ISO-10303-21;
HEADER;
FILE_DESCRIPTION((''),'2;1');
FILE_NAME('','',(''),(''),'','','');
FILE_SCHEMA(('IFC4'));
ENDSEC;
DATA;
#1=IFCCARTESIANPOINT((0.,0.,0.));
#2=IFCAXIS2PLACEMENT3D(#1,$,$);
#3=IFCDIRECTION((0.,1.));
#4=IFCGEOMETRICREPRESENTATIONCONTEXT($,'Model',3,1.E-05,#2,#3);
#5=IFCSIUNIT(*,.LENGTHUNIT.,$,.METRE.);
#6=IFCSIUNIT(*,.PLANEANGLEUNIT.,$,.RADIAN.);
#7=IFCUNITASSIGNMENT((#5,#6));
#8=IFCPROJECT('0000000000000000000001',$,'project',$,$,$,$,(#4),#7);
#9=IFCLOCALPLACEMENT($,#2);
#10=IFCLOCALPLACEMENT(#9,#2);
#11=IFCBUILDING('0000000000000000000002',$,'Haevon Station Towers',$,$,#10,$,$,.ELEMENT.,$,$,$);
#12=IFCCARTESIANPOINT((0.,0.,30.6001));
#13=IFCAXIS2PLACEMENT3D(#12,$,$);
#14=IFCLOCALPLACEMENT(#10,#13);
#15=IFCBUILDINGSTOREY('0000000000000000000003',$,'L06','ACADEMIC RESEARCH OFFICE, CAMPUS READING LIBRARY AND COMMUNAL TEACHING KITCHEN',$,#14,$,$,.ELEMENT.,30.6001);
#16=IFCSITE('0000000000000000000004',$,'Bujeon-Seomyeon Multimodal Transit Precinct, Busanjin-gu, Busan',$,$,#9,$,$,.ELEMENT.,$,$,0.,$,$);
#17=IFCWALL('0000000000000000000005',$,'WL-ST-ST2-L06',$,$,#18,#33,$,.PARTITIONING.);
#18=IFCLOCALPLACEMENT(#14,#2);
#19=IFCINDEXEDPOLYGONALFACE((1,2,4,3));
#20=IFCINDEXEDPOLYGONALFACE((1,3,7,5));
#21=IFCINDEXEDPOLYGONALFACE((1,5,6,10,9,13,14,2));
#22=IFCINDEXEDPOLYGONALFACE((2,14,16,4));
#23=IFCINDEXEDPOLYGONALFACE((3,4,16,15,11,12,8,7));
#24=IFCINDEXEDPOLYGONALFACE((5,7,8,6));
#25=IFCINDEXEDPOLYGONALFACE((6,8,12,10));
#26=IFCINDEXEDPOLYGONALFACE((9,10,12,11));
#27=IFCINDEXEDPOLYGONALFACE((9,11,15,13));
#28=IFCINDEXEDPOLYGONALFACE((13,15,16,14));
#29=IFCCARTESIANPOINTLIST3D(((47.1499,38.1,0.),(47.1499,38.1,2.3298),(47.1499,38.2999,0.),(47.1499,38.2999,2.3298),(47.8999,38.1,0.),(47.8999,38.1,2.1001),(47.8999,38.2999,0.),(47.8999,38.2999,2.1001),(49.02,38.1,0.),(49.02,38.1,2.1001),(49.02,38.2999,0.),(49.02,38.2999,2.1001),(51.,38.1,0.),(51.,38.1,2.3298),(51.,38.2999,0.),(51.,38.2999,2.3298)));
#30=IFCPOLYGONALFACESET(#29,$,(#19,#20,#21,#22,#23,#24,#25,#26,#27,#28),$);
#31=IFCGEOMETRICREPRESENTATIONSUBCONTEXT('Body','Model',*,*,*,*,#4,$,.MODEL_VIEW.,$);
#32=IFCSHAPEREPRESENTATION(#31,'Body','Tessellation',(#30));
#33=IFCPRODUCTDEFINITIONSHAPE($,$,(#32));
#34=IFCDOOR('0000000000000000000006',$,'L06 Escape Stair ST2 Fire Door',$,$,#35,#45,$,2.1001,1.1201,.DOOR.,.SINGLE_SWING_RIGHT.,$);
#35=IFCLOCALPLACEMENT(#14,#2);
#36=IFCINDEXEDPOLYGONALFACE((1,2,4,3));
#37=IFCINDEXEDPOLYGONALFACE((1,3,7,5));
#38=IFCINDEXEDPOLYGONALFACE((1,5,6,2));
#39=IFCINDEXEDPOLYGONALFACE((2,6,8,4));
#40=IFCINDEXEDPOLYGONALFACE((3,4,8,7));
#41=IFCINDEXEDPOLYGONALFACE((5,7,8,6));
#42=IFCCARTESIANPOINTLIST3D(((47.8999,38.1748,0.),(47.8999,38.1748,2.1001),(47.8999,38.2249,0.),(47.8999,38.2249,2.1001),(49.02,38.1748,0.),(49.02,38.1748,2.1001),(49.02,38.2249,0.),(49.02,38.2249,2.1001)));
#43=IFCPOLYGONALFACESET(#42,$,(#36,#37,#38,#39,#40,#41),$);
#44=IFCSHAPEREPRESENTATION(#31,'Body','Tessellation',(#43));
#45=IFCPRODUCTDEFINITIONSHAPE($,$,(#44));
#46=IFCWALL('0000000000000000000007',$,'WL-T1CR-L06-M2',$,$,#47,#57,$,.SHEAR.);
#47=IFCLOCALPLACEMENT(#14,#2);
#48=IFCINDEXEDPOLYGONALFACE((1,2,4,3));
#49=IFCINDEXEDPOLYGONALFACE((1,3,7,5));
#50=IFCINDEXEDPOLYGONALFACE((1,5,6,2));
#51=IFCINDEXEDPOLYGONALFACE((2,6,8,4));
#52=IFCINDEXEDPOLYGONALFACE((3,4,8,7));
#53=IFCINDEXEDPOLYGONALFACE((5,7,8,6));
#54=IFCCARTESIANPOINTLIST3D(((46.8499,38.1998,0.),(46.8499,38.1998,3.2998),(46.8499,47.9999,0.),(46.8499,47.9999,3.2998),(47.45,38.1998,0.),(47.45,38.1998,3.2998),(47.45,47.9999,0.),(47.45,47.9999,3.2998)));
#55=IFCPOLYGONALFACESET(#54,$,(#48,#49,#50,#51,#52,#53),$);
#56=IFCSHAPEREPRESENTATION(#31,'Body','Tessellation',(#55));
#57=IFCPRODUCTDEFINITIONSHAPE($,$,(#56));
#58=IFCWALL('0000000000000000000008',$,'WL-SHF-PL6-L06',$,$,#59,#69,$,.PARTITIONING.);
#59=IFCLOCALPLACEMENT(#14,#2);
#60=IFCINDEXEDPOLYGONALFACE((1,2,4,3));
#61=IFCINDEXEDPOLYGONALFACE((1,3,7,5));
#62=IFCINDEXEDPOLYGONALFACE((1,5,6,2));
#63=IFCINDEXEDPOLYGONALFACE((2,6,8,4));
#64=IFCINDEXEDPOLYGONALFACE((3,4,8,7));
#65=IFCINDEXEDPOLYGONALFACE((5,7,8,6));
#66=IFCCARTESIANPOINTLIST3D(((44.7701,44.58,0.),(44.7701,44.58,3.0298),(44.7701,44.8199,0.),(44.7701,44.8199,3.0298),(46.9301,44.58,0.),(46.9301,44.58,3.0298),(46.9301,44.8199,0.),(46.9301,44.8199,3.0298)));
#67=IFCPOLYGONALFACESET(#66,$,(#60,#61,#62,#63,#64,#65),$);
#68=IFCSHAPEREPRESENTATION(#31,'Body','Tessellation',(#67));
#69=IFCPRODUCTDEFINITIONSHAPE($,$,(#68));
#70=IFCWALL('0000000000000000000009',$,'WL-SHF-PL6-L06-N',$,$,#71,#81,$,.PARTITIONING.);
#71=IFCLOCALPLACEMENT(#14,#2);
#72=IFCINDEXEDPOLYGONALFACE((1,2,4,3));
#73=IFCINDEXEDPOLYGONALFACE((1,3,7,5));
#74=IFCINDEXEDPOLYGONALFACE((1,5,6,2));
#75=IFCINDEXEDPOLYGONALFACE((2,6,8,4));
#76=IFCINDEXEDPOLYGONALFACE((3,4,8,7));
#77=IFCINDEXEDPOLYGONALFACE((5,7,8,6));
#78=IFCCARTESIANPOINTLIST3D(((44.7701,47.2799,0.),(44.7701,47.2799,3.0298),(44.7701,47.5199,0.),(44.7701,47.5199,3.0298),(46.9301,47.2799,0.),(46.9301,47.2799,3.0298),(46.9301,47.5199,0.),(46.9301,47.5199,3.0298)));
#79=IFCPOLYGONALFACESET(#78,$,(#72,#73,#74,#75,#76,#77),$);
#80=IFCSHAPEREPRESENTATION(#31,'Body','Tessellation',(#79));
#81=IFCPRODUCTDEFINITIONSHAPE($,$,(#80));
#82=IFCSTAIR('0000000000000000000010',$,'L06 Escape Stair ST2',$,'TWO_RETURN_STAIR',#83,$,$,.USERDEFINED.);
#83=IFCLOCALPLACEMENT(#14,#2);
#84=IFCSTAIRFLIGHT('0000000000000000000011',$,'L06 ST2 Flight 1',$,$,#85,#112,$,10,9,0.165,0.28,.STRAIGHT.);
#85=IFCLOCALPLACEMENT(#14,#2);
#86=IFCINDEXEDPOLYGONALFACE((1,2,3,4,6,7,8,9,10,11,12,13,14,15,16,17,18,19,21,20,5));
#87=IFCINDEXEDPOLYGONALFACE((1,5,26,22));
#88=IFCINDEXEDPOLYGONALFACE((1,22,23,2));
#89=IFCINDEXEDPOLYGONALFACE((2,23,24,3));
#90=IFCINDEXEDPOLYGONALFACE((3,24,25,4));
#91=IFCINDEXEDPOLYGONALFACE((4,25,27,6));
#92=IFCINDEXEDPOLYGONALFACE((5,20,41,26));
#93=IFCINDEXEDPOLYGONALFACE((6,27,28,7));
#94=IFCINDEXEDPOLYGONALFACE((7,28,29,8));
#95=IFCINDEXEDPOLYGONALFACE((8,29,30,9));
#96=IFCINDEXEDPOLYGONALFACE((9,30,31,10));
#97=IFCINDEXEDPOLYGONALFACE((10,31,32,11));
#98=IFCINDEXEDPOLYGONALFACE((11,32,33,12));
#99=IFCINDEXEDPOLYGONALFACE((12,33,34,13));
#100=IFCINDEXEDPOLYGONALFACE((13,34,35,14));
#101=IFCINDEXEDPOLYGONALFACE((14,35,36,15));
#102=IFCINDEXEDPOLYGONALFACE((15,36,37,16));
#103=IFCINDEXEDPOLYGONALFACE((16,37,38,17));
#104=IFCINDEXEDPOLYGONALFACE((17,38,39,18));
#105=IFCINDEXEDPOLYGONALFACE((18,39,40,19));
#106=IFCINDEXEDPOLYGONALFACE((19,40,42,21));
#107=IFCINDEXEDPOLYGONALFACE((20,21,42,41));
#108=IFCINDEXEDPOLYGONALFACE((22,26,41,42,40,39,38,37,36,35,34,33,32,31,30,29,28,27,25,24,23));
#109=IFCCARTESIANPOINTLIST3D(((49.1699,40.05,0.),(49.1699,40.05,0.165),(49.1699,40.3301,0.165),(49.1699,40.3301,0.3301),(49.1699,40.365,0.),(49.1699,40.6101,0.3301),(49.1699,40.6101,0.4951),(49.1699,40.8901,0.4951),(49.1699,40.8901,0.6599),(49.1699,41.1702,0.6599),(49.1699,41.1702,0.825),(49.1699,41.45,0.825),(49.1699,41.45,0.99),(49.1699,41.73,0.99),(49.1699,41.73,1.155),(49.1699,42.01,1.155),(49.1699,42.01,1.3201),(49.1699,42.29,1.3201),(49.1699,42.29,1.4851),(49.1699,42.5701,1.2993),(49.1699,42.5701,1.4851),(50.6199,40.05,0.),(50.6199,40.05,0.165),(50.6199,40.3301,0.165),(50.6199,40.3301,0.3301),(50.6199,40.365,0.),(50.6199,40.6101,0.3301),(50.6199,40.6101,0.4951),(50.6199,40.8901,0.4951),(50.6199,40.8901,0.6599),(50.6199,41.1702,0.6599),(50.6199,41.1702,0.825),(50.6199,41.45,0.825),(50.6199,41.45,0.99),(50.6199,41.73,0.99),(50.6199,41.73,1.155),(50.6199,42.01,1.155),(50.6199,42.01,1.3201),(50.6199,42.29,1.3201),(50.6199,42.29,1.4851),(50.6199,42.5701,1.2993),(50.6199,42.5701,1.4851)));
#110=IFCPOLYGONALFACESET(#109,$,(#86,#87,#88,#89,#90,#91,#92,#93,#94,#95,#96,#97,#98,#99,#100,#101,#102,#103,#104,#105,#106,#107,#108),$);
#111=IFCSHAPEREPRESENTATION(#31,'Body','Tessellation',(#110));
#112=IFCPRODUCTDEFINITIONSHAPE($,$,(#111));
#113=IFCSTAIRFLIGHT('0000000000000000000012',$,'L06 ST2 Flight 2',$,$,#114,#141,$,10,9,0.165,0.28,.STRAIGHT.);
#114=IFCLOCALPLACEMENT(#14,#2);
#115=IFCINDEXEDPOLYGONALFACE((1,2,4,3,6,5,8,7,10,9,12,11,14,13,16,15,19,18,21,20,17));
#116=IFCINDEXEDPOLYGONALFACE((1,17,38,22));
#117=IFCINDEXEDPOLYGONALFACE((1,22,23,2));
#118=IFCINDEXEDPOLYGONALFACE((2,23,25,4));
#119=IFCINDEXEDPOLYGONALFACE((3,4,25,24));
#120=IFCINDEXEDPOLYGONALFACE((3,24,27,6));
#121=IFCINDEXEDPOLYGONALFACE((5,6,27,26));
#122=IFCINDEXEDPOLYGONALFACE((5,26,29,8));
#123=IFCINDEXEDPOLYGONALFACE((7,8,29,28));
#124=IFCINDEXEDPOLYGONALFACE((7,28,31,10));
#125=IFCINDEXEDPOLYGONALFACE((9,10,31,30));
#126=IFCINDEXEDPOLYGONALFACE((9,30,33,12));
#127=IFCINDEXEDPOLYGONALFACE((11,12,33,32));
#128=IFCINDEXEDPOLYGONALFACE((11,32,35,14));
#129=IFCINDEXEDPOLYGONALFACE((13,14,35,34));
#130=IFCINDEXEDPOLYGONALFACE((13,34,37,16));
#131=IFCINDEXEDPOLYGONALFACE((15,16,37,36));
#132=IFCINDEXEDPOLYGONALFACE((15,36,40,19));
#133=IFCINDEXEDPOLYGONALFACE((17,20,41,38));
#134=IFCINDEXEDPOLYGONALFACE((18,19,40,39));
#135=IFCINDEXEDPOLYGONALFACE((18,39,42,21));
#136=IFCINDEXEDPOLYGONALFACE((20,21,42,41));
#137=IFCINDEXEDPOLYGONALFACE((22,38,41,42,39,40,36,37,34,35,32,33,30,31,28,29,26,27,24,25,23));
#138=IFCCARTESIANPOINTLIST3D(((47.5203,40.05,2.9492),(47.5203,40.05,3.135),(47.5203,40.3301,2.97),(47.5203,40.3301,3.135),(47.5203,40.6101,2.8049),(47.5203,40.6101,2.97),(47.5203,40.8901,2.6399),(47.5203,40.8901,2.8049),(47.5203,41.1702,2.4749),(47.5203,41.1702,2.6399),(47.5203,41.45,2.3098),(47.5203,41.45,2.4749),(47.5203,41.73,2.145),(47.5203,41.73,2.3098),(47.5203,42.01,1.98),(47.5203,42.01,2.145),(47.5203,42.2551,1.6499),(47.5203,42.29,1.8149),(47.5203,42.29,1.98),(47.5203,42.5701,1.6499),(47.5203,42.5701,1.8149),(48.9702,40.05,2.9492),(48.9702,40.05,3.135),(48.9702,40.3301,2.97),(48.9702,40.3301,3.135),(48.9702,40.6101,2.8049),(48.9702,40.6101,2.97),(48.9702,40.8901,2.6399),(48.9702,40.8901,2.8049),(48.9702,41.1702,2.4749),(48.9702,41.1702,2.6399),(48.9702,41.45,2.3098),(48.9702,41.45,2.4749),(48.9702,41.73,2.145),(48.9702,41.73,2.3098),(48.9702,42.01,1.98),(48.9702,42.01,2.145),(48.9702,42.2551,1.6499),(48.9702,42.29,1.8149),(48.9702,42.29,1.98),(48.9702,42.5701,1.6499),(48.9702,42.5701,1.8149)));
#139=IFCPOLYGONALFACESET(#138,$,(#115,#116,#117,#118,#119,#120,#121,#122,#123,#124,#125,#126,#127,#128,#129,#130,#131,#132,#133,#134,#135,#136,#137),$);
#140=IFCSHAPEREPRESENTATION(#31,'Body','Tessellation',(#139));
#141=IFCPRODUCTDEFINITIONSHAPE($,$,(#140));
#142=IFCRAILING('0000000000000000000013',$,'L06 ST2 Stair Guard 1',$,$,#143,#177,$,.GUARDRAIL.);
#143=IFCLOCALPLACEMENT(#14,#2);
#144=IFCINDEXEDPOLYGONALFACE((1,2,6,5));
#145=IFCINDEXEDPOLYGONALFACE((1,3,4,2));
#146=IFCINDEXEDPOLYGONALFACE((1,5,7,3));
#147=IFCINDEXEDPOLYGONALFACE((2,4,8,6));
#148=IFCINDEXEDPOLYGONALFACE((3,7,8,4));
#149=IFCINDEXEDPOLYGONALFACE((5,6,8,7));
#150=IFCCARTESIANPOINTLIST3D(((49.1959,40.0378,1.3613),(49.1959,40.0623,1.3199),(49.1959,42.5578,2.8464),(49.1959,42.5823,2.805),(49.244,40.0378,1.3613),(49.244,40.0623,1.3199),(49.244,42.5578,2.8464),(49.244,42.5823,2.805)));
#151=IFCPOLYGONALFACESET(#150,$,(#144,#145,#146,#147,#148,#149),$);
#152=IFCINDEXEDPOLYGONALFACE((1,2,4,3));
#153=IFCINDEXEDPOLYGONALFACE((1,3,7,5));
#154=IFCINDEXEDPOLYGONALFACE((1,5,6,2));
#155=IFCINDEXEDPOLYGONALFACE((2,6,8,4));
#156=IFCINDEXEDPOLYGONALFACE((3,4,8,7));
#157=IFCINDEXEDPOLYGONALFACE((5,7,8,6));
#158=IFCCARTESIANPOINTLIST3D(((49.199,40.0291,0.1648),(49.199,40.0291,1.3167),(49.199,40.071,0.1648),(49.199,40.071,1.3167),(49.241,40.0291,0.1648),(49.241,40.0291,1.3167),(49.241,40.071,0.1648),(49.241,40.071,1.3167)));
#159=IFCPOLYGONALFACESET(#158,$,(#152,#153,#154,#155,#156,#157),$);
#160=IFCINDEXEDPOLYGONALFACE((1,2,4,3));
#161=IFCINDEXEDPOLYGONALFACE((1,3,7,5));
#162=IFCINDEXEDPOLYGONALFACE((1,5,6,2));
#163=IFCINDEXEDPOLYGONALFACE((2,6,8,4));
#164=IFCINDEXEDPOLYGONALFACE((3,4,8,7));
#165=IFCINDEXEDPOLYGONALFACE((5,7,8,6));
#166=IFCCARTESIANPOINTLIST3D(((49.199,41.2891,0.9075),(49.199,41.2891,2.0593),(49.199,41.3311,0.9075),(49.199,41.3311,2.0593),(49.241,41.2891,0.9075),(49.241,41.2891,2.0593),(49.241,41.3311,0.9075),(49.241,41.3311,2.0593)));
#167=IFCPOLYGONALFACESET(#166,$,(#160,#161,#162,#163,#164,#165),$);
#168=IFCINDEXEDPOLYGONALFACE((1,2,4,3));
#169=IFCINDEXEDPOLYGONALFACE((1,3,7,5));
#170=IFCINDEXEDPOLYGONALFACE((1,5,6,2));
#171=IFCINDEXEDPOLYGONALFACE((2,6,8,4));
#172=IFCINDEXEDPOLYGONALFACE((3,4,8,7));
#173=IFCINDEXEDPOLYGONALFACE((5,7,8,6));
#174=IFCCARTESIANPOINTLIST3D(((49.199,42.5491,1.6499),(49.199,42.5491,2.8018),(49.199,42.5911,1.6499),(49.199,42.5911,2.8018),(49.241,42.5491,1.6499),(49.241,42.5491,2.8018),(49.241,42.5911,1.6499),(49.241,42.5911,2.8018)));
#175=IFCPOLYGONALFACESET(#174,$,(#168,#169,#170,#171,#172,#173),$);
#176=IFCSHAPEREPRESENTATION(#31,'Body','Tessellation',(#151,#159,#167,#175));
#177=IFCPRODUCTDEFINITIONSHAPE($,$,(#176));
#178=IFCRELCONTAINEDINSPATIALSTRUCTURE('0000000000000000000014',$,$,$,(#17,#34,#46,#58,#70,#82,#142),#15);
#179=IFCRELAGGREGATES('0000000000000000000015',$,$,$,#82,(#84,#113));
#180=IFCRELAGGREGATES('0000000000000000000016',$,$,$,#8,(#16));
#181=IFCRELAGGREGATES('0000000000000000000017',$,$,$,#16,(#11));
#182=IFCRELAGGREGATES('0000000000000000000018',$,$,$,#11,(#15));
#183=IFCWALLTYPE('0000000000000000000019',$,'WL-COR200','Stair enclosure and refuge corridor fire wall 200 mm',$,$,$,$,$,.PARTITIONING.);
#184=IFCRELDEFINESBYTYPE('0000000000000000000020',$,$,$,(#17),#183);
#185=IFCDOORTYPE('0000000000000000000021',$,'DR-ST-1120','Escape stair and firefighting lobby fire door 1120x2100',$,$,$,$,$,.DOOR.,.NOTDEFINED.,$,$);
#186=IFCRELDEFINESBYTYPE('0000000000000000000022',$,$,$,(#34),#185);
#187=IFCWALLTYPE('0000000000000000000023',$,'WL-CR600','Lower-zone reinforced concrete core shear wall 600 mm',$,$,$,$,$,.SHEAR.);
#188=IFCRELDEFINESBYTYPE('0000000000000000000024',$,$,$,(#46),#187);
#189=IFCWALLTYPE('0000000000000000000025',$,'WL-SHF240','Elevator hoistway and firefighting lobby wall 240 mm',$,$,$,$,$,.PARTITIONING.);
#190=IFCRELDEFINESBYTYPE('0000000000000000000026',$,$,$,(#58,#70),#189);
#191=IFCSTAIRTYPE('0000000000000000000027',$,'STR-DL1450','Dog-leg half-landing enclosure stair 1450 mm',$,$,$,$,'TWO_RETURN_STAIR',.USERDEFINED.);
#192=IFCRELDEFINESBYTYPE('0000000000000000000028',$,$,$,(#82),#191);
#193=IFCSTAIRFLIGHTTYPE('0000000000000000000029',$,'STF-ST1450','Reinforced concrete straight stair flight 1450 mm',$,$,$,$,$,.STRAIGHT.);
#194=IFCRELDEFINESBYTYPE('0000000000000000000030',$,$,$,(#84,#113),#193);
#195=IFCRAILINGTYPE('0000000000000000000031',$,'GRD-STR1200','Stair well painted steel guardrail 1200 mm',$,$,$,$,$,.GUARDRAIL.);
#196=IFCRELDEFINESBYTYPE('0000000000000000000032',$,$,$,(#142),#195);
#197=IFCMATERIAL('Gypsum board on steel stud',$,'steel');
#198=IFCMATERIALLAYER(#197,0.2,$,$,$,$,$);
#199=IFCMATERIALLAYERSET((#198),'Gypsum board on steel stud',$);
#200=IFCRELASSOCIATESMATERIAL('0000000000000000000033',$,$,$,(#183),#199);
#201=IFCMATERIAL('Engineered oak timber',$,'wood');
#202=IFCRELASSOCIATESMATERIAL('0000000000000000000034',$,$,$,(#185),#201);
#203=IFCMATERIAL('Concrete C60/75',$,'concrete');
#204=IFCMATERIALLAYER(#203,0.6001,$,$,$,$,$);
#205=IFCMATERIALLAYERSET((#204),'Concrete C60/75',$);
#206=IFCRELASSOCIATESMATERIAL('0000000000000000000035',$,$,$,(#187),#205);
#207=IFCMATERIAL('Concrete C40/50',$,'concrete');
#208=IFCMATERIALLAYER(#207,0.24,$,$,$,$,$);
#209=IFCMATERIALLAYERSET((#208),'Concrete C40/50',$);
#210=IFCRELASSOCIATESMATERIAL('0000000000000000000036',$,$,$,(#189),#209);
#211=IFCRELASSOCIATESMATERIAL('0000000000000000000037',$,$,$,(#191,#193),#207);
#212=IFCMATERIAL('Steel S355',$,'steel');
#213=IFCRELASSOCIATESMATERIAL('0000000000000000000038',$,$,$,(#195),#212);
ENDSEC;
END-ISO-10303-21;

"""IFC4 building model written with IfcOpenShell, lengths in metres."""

from ifc_helpers import new_model, si_unit, direction, frame, frame_2d, origin, origin_2d, place, context, subcontext, project, spatial, polyline, rectangle, outline, extrude, material, layer, layer_set, type_object, element, fill, aggregate, save


model = new_model("IFC4")

# Units and contexts
model_context = context("Model", 3, precision=1e-05, world=origin(), true_north=direction((0.0, 1.0)))
body_context = subcontext(model_context, "Body", "Model", "MODEL_VIEW")
ifc_project = project(units=[si_unit("LENGTHUNIT", "METRE"), si_unit("PLANEANGLEUNIT", "RADIAN")], contexts=[model_context])

# Site, building, storey
site_placement = place(None, origin())
site = spatial("IfcSite", under=ifc_project, at=site_placement, Name="Bujeon-Seomyeon Multimodal Transit Precinct, Busanjin-gu, Busan", CompositionType="ELEMENT", RefElevation=0.0)
building_placement = place(site_placement, origin())
building = spatial("IfcBuilding", under=site, at=building_placement, Name="Haevon Station Towers", CompositionType="ELEMENT")
storey_placement = place(building_placement, frame((0.0, 0.0, 30.6001)))
storey = spatial("IfcBuildingStorey", under=building, at=storey_placement, Name="L06", Description="ACADEMIC RESEARCH OFFICE, CAMPUS READING LIBRARY AND COMMUNAL TEACHING KITCHEN", CompositionType="ELEMENT", Elevation=30.6001)

# Shared definitions
ifc_material_1 = material(Name="Steel S355", Category="steel")

# Wall, opening, door
ifc_material_2 = material(Name="Gypsum board on steel stud", Category="steel")
ifc_layer_1 = layer(ifc_material_2, 0.2)
ifc_layer_set_1 = layer_set([ifc_layer_1], Name="Gypsum board on steel stud")
wall_type_1 = type_object("IfcWallType", Name="WL-COR200", Description="Stair enclosure and refuge corridor fire wall 200 mm", PredefinedType="PARTITIONING", material=ifc_layer_set_1)
wall_1_placement = place(storey_placement, frame((47.1499, 38.2, 0.0), z_axis=(0.0, 0.0, 1.0), x_axis=(1.0, 0.0, 0.0)))
wall_1 = element("IfcWall", 1, at=wall_1_placement, inside=storey, type_object=wall_type_1, Name="WL-ST-ST2-L06", PredefinedType="PARTITIONING", context=body_context, shape_type="SweptSolid", body=[
    extrude(rectangle(XDim=3.8501, YDim=0.2, at=frame_2d((1.925, 0.0))), origin(), (0.0, 0.0, 1.0), 2.3298),
])
opening_placement = place(wall_1_placement, frame((0.75, 0.0, 0.0)))
opening = element("IfcOpeningElement", 2, at=opening_placement, cuts=wall_1, PredefinedType="OPENING", context=body_context, shape_type="SweptSolid", body=[
    extrude(rectangle(XDim=1.1201, YDim=2.1001, at=frame_2d((0.5601, 1.05))), frame((0.0, 0.1099, 0.0), z_axis=(0.0, -1.0, 0.0), x_axis=(1.0, 0.0, 0.0)), (0.0, 0.0, 1.0), 0.22),
])
ifc_material_3 = material(Name="Engineered oak timber", Category="wood")
door_type = type_object("IfcDoorType", Name="DR-ST-1120", Description="Escape stair and firefighting lobby fire door 1120x2100", OperationType="NOTDEFINED", PredefinedType="DOOR", material=ifc_material_3)
door_placement = place(opening_placement, origin())
door = element("IfcDoor", 3, at=door_placement, inside=storey, type_object=door_type, Name="L06 Escape Stair ST2 Fire Door", OperationType="SINGLE_SWING_RIGHT", OverallHeight=2.1001, OverallWidth=1.1201, PredefinedType="DOOR", context=body_context, shape_type="SweptSolid", body=[
    extrude(rectangle(XDim=1.1201, YDim=2.1001, at=frame_2d((0.5601, 1.05))), frame((0.0, 0.0249, 0.0), z_axis=(0.0, -1.0, 0.0), x_axis=(1.0, 0.0, 0.0)), (0.0, 0.0, 1.0), 0.05),
])
fill(opening, door)

# Walls
ifc_material_4 = material(Name="Concrete C60/75", Category="concrete")
ifc_layer_2 = layer(ifc_material_4, 0.6001)
ifc_layer_set_2 = layer_set([ifc_layer_2], Name="Concrete C60/75")
wall_type_2 = type_object("IfcWallType", Name="WL-CR600", Description="Lower-zone reinforced concrete core shear wall 600 mm", PredefinedType="SHEAR", material=ifc_layer_set_2)
wall_2_placement = place(storey_placement, frame((47.1499, 38.2, 0.0), z_axis=(0.0, 0.0, 1.0), x_axis=(0.0, 1.0, 0.0)))
element("IfcWall", 4, at=wall_2_placement, inside=storey, type_object=wall_type_2, Name="WL-T1CR-L06-M2", PredefinedType="SHEAR", context=body_context, shape_type="SweptSolid", body=[
    extrude(rectangle(XDim=9.8, YDim=0.6001, at=frame_2d((4.8999, 0.0))), origin(), (0.0, 0.0, 1.0), 3.2998),
])
ifc_material_5 = material(Name="Concrete C40/50", Category="concrete")
ifc_layer_3 = layer(ifc_material_5, 0.24)
ifc_layer_set_3 = layer_set([ifc_layer_3], Name="Concrete C40/50")
wall_type_3 = type_object("IfcWallType", Name="WL-SHF240", Description="Elevator hoistway and firefighting lobby wall 240 mm", PredefinedType="PARTITIONING", material=ifc_layer_set_3)
for number, where, z_axis, x_axis, name in (
    (5, (44.77, 44.7, 0.0), (0.0, 0.0, 1.0), (1.0, 0.0, 0.0), "WL-SHF-PL6-L06"),
    (6, (44.77, 47.3999, 0.0), (0.0, 0.0, 1.0), (1.0, 0.0, 0.0), "WL-SHF-PL6-L06-N"),
):
    element("IfcWall", number, at=place(storey_placement, frame(where, z_axis=z_axis, x_axis=x_axis)), inside=storey, type_object=wall_type_3, Name=name, PredefinedType="PARTITIONING", context=body_context, shape_type="SweptSolid", body=[
        extrude(rectangle(XDim=2.1599, YDim=0.24, at=frame_2d((1.0801, 0.0))), origin(), (0.0, 0.0, 1.0), 3.0298),
    ])

# Stair, stair flights
stair_type = type_object("IfcStairType", Name="STR-DL1450", Description="Dog-leg half-landing enclosure stair 1450 mm", ElementType="TWO_RETURN_STAIR", PredefinedType="USERDEFINED", material=ifc_material_5)
stair_placement = place(storey_placement, origin())
stair = element("IfcStair", 7, at=stair_placement, inside=storey, type_object=stair_type, Name="L06 Escape Stair ST2", ObjectType="TWO_RETURN_STAIR", PredefinedType="USERDEFINED")
stair_flight_type = type_object("IfcStairFlightType", Name="STF-ST1450", Description="Reinforced concrete straight stair flight 1450 mm", PredefinedType="STRAIGHT", material=ifc_material_5)
stair_flight_1_placement = place(storey_placement, frame((49.895, 40.05, 0.0), z_axis=(0.0, 0.0, 1.0), x_axis=(0.0, 1.0, 0.0)))
stair_flight_1 = element("IfcStairFlight", 8, at=stair_flight_1_placement, type_object=stair_flight_type, Name="L06 ST2 Flight 1", NumberOfRisers=10, NumberOfTreads=9, PredefinedType="STRAIGHT", RiserHeight=0.165, TreadLength=0.28, context=body_context, shape_type="SweptSolid", body=[
    extrude(outline(polyline([(0.0, 0.0), (0.0, 0.165), (0.28, 0.165), (0.28, 0.3301), (0.5601, 0.3301), (0.5601, 0.4951), (0.8401, 0.4951), (0.8401, 0.6599), (1.1201, 0.6599), (1.1201, 0.825), (1.3999, 0.825), (1.3999, 0.99), (1.6799, 0.99), (1.6799, 1.155), (1.96, 1.155), (1.96, 1.3201), (2.24, 1.3201), (2.24, 1.4851), (2.52, 1.4851), (2.52, 1.6499), (2.52, 1.2993), (0.3149, 0.0), (0.0, 0.0)])), frame((0.0, 0.7251, 0.0), z_axis=(0.0, -1.0, 0.0), x_axis=(1.0, 0.0, 0.0)), (0.0, 0.0, 1.0), 1.45),
])
stair_flight_2_placement = place(storey_placement, frame((48.2451, 42.5701, 1.6499), z_axis=(0.0, 0.0, 1.0), x_axis=(0.0, -1.0, 0.0)))
stair_flight_2 = element("IfcStairFlight", 9, at=stair_flight_2_placement, type_object=stair_flight_type, Name="L06 ST2 Flight 2", NumberOfRisers=10, NumberOfTreads=9, PredefinedType="STRAIGHT", RiserHeight=0.165, TreadLength=0.28, context=body_context, shape_type="SweptSolid", body=[
    extrude(outline(polyline([(0.0, 0.0), (0.0, 0.165), (0.28, 0.165), (0.28, 0.3301), (0.5601, 0.3301), (0.5601, 0.4951), (0.8401, 0.4951), (0.8401, 0.6599), (1.1201, 0.6599), (1.1201, 0.825), (1.3999, 0.825), (1.3999, 0.99), (1.6799, 0.99), (1.6799, 1.155), (1.96, 1.155), (1.96, 1.3201), (2.24, 1.3201), (2.24, 1.4851), (2.52, 1.4851), (2.52, 1.6499), (2.52, 1.2993), (0.3149, 0.0), (0.0, 0.0)])), frame((0.0, 0.7251, 0.0), z_axis=(0.0, -1.0, 0.0), x_axis=(1.0, 0.0, 0.0)), (0.0, 0.0, 1.0), 1.45),
])
aggregate(stair, [stair_flight_1, stair_flight_2])

# Railing
railing_type_1 = type_object("IfcRailingType", Name="GRD-STR1200", Description="Stair well painted steel guardrail 1200 mm", PredefinedType="GUARDRAIL", material=ifc_material_1)
railing_1_placement = place(storey_placement, frame((49.22, 40.05, 0.1648)))
element("IfcRailing", 10, at=railing_1_placement, inside=storey, type_object=railing_type_1, Name="L06 ST2 Stair Guard 1", PredefinedType="GUARDRAIL", context=body_context, shape_type="SweptSolid", body=[
    extrude(rectangle(XDim=0.0481, YDim=0.0481, at=origin_2d()), frame((0.0, 0.0, 1.1758), z_axis=(0.0, 0.861524, 0.507717), x_axis=(-1.0, 0.0, 0.0)), (0.0, 0.0, 1.0), 2.925),
    extrude(rectangle(XDim=0.042, YDim=0.042, at=origin_2d()), origin(), (0.0, 0.0, 1.0), 1.1519),
    extrude(rectangle(XDim=0.042, YDim=0.042, at=origin_2d()), frame((0.0, 1.26, 0.7427)), (0.0, 0.0, 1.0), 1.1519),
    extrude(rectangle(XDim=0.042, YDim=0.042, at=origin_2d()), frame((0.0, 2.52, 1.4851)), (0.0, 0.0, 1.0), 1.1519),
])

save(model, "model.ifc")
